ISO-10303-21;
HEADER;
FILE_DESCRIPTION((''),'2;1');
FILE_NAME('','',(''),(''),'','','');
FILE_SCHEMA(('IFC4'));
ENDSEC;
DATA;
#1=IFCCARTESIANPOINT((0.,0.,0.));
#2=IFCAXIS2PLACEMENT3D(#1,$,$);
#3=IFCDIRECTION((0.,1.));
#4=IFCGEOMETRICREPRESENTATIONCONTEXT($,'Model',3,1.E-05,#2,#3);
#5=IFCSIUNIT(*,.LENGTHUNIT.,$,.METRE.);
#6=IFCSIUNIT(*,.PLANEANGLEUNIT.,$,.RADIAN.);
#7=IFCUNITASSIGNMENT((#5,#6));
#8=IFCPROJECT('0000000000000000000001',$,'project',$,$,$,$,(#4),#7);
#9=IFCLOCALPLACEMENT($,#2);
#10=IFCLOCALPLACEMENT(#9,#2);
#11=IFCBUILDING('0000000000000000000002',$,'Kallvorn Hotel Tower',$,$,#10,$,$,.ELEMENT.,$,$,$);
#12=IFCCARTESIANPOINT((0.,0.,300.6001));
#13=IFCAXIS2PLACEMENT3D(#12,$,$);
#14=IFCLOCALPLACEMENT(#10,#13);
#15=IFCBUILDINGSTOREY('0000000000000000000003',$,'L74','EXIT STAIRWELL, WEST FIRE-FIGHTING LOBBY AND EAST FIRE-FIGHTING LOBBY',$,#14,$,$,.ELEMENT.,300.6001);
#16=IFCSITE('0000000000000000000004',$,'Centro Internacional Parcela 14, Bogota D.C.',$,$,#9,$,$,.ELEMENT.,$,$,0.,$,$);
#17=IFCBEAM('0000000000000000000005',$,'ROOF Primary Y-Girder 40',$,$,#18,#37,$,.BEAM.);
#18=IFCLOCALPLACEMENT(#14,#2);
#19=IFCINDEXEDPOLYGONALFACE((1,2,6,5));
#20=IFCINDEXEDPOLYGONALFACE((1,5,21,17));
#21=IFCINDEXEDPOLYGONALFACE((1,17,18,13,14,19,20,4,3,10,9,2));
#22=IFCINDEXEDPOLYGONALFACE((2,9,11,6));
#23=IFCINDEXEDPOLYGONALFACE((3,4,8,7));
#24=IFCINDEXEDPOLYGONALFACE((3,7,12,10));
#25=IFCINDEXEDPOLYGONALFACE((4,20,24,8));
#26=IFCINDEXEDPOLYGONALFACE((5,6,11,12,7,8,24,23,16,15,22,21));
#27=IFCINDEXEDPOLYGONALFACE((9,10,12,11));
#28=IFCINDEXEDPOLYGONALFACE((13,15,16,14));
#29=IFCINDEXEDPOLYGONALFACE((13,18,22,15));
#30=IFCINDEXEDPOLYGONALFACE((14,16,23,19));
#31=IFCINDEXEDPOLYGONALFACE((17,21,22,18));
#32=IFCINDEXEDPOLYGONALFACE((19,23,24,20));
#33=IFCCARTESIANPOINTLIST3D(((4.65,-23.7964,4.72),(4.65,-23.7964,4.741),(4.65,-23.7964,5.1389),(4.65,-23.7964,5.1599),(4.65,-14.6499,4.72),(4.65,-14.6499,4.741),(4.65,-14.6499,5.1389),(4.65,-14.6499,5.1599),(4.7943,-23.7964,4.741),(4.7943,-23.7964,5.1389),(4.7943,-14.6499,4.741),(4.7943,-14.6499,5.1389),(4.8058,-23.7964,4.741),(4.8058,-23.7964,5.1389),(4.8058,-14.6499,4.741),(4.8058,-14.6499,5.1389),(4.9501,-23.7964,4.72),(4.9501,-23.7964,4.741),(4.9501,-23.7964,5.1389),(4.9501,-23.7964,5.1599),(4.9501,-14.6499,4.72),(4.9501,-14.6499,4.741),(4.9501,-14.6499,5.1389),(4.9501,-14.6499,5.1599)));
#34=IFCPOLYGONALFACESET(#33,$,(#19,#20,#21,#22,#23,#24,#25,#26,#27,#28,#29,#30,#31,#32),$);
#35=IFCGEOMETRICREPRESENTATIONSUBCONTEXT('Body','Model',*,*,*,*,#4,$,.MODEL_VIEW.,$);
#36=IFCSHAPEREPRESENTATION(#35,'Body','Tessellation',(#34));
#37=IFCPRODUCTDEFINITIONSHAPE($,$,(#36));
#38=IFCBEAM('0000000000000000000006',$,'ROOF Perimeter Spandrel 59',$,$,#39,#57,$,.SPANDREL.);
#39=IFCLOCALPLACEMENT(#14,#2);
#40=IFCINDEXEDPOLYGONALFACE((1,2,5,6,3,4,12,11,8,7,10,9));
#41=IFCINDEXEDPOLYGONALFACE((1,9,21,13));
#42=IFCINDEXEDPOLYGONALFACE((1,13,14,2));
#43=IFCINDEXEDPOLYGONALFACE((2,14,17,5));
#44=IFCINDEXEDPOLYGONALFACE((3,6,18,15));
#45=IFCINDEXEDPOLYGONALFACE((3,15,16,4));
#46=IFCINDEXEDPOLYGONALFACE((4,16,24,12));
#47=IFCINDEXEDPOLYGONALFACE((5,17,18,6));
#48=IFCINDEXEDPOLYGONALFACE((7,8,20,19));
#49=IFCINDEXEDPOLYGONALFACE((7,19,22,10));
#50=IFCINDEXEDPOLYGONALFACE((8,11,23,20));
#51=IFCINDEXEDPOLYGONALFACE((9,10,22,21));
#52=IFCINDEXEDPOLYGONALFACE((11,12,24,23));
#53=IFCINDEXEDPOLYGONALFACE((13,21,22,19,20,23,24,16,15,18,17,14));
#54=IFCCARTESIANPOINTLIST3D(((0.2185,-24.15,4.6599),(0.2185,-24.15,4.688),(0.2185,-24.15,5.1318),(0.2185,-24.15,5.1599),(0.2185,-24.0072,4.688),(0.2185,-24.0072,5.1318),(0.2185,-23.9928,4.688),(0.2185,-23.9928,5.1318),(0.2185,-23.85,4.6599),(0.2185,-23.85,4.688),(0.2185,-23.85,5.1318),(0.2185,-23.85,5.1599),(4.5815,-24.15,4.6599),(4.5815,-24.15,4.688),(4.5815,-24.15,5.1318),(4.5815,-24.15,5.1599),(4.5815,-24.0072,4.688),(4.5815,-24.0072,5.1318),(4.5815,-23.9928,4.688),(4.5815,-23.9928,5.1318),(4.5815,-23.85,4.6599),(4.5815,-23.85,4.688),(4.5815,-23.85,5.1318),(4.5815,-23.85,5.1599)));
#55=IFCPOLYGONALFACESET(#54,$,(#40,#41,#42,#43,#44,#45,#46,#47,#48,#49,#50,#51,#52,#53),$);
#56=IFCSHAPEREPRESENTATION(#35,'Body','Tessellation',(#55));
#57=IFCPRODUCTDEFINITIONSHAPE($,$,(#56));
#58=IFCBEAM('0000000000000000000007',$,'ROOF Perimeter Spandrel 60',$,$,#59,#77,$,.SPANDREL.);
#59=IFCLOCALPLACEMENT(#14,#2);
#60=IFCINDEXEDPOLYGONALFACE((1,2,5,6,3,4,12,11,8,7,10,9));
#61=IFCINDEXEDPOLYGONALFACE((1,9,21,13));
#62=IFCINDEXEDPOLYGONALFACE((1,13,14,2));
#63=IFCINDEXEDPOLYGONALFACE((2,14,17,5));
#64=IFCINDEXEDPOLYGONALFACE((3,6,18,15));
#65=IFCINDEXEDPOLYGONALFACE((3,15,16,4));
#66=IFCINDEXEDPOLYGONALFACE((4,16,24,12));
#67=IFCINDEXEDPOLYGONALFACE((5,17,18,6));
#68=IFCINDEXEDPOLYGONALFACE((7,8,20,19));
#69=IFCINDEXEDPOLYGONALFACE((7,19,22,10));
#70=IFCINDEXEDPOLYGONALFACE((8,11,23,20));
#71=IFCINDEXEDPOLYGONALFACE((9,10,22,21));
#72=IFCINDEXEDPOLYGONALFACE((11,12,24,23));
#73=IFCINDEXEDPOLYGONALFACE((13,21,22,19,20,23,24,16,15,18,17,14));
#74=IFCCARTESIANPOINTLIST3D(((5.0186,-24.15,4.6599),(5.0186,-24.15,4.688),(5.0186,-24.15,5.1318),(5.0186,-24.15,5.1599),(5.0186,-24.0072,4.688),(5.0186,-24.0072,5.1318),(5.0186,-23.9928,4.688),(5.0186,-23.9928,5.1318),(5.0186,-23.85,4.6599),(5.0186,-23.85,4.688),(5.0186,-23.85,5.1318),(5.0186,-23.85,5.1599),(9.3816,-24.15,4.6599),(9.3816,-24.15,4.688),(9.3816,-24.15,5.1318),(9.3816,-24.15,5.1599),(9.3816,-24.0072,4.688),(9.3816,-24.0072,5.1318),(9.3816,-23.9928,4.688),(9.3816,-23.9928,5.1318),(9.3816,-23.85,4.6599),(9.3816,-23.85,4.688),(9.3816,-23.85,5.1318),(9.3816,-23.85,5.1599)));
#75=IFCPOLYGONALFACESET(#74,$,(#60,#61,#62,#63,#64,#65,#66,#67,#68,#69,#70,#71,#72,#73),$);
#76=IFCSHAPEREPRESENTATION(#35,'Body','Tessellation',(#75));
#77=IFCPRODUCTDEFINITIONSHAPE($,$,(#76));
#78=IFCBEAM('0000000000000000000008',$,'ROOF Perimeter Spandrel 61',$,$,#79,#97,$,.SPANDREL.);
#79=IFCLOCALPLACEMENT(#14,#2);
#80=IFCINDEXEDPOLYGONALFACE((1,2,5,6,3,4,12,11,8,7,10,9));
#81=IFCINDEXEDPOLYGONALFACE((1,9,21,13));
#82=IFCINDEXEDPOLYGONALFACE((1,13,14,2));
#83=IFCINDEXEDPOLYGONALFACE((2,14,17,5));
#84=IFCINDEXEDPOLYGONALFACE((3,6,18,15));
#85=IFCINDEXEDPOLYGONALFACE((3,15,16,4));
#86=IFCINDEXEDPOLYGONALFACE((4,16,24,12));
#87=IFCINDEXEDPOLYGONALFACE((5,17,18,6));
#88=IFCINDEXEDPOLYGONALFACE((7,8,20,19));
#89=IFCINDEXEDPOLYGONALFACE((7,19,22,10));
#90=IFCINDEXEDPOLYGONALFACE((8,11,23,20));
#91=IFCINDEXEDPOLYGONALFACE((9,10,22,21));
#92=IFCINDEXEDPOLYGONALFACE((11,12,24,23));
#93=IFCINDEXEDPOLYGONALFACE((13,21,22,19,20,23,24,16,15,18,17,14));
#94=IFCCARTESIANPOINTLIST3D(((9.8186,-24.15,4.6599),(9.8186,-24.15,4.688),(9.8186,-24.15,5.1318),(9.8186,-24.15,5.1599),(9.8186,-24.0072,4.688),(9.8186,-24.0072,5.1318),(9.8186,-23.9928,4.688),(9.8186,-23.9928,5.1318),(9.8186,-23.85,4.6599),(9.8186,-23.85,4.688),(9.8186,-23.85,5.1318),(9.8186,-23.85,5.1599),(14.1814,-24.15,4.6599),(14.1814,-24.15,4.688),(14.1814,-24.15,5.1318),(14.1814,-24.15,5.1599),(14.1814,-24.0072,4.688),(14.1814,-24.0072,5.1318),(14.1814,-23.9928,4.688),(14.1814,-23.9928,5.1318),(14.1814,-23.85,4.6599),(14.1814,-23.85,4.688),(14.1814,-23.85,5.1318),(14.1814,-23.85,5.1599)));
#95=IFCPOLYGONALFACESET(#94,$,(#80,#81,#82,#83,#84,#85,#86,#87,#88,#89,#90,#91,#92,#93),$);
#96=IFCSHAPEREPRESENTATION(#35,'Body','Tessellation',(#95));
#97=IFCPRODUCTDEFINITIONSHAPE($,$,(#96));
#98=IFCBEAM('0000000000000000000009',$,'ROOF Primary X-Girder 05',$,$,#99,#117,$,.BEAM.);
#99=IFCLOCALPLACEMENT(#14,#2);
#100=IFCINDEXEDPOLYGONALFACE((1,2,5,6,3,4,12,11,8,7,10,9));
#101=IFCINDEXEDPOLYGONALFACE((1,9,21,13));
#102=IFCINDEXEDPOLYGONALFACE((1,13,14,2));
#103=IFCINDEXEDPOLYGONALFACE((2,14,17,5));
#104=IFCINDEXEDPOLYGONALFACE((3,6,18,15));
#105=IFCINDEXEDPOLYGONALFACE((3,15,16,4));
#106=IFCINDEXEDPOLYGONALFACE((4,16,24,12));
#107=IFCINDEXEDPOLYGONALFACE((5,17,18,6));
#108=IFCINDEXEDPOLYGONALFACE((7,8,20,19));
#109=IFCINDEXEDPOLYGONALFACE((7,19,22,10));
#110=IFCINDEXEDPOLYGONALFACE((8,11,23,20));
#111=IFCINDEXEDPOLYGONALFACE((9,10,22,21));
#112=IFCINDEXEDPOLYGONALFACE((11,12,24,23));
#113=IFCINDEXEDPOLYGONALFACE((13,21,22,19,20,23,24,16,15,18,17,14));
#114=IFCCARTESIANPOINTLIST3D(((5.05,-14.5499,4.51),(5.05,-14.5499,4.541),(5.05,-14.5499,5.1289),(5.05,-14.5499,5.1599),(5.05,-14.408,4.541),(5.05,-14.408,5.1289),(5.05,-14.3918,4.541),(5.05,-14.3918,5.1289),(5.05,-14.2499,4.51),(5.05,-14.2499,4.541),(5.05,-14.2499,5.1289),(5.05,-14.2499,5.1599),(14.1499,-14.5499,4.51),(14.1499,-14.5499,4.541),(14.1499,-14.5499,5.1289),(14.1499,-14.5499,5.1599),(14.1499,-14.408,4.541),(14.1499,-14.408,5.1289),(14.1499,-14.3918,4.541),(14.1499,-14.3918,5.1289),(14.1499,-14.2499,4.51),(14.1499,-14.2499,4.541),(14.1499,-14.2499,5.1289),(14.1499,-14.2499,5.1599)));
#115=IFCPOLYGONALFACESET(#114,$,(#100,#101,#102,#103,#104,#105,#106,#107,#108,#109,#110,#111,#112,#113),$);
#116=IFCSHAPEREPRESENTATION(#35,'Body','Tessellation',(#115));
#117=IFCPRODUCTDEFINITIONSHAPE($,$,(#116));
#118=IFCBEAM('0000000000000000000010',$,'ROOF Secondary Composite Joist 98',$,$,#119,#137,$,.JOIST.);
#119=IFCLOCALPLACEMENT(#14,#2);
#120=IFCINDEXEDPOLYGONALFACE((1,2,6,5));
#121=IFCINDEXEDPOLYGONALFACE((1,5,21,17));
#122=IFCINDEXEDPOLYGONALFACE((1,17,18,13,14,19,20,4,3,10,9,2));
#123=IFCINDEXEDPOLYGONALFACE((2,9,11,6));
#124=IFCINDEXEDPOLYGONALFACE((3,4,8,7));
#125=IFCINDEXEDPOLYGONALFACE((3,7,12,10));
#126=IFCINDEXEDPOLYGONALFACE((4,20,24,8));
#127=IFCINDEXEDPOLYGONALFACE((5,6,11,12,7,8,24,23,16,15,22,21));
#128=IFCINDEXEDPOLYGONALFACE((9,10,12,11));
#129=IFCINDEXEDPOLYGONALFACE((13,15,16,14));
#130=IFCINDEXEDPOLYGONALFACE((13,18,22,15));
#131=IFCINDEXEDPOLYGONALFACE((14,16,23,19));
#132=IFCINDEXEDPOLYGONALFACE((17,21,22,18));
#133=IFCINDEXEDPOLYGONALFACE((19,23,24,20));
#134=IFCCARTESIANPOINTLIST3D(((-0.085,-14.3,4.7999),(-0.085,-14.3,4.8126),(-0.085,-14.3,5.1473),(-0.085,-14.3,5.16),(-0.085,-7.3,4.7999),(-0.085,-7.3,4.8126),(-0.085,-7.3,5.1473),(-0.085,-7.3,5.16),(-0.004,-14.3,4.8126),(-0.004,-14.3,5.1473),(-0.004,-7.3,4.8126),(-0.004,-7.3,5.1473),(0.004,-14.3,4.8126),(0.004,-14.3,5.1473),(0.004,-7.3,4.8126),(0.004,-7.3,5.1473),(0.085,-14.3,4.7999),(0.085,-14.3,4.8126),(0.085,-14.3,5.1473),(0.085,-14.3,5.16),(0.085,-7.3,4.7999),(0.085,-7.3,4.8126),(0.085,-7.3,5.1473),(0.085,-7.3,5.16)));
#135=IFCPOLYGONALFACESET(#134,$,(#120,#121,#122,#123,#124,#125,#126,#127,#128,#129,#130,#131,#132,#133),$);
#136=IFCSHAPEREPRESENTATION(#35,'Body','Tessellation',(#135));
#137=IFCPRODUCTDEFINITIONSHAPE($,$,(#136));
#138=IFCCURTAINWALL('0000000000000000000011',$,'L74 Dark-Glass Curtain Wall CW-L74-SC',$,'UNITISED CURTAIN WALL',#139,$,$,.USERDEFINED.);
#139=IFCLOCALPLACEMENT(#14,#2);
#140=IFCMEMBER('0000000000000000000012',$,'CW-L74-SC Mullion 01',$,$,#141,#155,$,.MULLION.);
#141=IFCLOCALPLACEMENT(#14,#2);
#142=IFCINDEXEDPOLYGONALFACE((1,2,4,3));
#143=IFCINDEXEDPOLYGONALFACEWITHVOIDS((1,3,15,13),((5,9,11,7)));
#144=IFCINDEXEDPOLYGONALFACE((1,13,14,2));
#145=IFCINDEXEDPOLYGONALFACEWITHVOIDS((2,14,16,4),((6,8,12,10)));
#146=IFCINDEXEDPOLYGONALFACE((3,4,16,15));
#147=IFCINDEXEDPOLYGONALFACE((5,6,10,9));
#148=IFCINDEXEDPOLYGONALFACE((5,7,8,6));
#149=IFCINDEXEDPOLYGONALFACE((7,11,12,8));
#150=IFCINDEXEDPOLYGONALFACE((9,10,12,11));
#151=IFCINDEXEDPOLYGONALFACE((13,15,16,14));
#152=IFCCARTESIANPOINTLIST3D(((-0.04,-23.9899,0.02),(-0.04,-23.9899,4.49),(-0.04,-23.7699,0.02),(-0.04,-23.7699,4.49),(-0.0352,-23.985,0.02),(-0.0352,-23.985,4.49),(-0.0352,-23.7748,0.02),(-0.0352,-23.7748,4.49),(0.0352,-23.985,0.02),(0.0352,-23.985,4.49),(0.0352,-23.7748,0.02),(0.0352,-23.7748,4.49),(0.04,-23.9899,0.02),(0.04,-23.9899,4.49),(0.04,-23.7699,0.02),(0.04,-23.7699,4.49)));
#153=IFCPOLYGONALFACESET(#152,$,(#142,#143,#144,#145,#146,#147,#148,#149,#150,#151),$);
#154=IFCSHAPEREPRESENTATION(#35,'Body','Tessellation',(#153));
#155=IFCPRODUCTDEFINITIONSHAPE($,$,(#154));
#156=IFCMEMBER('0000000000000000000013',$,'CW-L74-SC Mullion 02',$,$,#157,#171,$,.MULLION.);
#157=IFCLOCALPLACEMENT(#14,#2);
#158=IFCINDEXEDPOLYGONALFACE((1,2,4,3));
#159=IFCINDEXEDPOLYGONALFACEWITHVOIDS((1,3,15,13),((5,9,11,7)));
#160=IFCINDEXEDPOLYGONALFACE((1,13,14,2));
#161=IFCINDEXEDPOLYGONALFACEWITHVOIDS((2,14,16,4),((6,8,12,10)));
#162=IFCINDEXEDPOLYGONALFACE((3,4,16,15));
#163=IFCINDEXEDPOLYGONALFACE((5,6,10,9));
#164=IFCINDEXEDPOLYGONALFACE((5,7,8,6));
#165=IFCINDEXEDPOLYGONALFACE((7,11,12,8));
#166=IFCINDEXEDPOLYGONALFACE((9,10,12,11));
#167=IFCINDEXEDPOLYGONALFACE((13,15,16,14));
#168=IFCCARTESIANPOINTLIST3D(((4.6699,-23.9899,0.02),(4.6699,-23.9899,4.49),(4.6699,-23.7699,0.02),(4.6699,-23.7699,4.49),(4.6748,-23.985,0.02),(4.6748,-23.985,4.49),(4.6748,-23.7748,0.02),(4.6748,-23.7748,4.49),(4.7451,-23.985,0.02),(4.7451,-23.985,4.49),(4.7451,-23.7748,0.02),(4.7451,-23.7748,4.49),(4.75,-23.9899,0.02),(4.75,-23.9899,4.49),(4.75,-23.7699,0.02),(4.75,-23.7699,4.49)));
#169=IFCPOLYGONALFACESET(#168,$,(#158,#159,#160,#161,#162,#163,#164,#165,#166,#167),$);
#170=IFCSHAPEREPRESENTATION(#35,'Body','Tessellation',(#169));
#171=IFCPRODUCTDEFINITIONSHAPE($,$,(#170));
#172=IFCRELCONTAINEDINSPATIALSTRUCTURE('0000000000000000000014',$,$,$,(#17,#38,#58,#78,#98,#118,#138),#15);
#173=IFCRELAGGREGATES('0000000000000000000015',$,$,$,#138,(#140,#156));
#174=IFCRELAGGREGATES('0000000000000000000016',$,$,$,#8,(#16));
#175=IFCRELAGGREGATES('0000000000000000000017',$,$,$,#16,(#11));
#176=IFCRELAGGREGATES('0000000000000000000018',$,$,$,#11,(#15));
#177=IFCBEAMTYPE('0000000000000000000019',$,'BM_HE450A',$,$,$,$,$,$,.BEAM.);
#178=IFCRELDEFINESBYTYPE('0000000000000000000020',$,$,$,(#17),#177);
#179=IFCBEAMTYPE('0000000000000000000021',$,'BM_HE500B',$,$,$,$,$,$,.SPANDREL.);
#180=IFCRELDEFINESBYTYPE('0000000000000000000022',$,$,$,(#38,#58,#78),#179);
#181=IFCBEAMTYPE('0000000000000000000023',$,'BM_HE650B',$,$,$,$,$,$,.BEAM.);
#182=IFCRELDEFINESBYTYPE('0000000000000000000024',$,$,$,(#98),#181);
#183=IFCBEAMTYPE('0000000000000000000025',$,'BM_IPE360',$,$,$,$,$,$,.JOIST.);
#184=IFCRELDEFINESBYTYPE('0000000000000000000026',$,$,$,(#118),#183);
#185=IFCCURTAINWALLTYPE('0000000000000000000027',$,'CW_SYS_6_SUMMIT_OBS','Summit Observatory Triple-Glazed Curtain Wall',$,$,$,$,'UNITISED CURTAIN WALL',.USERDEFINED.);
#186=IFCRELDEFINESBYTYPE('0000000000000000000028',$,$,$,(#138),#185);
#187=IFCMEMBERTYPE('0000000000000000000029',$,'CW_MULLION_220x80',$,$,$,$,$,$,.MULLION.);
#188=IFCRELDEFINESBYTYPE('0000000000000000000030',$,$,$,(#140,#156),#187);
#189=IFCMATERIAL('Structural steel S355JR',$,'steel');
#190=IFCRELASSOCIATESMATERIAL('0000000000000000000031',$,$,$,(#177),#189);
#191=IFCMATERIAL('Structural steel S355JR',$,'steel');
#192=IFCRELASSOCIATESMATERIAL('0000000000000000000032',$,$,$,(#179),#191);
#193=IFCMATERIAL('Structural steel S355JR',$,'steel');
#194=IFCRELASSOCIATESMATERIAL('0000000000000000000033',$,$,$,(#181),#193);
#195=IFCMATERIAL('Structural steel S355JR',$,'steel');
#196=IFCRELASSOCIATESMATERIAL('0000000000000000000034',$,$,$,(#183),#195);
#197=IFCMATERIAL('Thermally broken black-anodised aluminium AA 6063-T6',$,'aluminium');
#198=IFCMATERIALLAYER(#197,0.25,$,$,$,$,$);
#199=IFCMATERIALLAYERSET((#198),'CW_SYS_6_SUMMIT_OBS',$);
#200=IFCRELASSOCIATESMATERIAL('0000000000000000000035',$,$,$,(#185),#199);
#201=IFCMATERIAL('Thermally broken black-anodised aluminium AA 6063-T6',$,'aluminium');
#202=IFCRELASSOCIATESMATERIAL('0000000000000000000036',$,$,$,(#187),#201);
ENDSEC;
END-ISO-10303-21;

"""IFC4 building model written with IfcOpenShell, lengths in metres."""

from ifc_helpers import new_model, si_unit, direction, frame, origin, origin_2d, place, context, subcontext, project, spatial, hollow_rectangle, i_section, extrude, material, layer, layer_set, material_profile, profile_set, type_object, element, aggregate, save


model = new_model("IFC4")

# Units and contexts
model_context = context("Model", 3, precision=1e-05, world=origin(), true_north=direction((0.0, 1.0)))
body_context = subcontext(model_context, "Body", "Model", "MODEL_VIEW")
ifc_project = project(units=[si_unit("LENGTHUNIT", "METRE"), si_unit("PLANEANGLEUNIT", "RADIAN")], contexts=[model_context])

# Site, building, storey
site_placement = place(None, origin())
site = spatial("IfcSite", under=ifc_project, at=site_placement, Name="Centro Internacional Parcela 14, Bogota D.C.", CompositionType="ELEMENT", RefElevation=0.0)
building_placement = place(site_placement, origin())
building = spatial("IfcBuilding", under=site, at=building_placement, Name="Kallvorn Hotel Tower", CompositionType="ELEMENT")
storey_placement = place(building_placement, frame((0.0, 0.0, 300.6001)))
storey = spatial("IfcBuildingStorey", under=building, at=storey_placement, Name="L74", Description="EXIT STAIRWELL, WEST FIRE-FIGHTING LOBBY AND EAST FIRE-FIGHTING LOBBY", CompositionType="ELEMENT", Elevation=300.6001)

# Beams
ifc_material_1 = material(Name="Structural steel S355JR", Category="steel")
ifc_material_profile_1 = material_profile(ifc_material_1, i_section(OverallWidth=0.3, OverallDepth=0.4399, WebThickness=0.0115, FlangeThickness=0.021, at=origin_2d()), Name="HE 450 A")
ifc_profile_set_1 = profile_set([ifc_material_profile_1], Name="Structural steel S355JR")
beam_type_1 = type_object("IfcBeamType", Name="BM_HE450A", PredefinedType="BEAM", material=ifc_profile_set_1)
beam_1_placement = place(storey_placement, frame((4.8, -23.7964, 4.9399), z_axis=(0.0, 1.0, 0.0), x_axis=(-1.0, 0.0, 0.0)))
element("IfcBeam", 1, at=beam_1_placement, inside=storey, type_object=beam_type_1, Name="ROOF Primary Y-Girder 40", PredefinedType="BEAM", context=body_context, shape_type="SweptSolid", body=[
    extrude(i_section(OverallWidth=0.3, OverallDepth=0.4399, WebThickness=0.0115, FlangeThickness=0.021, at=origin_2d()), origin(), (0.0, 0.0, 1.0), 9.1465),
])
ifc_material_2 = material(Name="Structural steel S355JR", Category="steel")
ifc_material_profile_2 = material_profile(ifc_material_2, i_section(OverallWidth=0.3, OverallDepth=0.5, WebThickness=0.0144, FlangeThickness=0.0281, at=origin_2d()), Name="HE 500 B")
ifc_profile_set_2 = profile_set([ifc_material_profile_2], Name="Structural steel S355JR")
beam_type_2 = type_object("IfcBeamType", Name="BM_HE500B", PredefinedType="SPANDREL", material=ifc_profile_set_2)
for number, where, z_axis, x_axis, name in (
    (2, (0.2185, -24.0, 4.9099), (1.0, 0.0, 0.0), (0.0, 1.0, 0.0), "ROOF Perimeter Spandrel 59"),
    (3, (5.0186, -24.0, 4.9099), (1.0, 0.0, 0.0), (0.0, 1.0, 0.0), "ROOF Perimeter Spandrel 60"),
):
    element("IfcBeam", number, at=place(storey_placement, frame(where, z_axis=z_axis, x_axis=x_axis)), inside=storey, type_object=beam_type_2, Name=name, PredefinedType="SPANDREL", context=body_context, shape_type="SweptSolid", body=[
        extrude(i_section(OverallWidth=0.3, OverallDepth=0.5, WebThickness=0.0144, FlangeThickness=0.0281, at=origin_2d()), origin(), (0.0, 0.0, 1.0), 4.363),
    ])
beam_2_placement = place(storey_placement, frame((9.8186, -24.0, 4.9099), z_axis=(1.0, 0.0, 0.0), x_axis=(0.0, 1.0, 0.0)))
element("IfcBeam", 4, at=beam_2_placement, inside=storey, type_object=beam_type_2, Name="ROOF Perimeter Spandrel 61", PredefinedType="SPANDREL", context=body_context, shape_type="SweptSolid", body=[
    extrude(i_section(OverallWidth=0.3, OverallDepth=0.5, WebThickness=0.0144, FlangeThickness=0.0281, at=origin_2d()), origin(), (0.0, 0.0, 1.0), 4.3628),
])
ifc_material_3 = material(Name="Structural steel S355JR", Category="steel")
ifc_material_profile_3 = material_profile(ifc_material_3, i_section(OverallWidth=0.3, OverallDepth=0.6499, WebThickness=0.0161, FlangeThickness=0.031, at=origin_2d()), Name="HE 650 B")
ifc_profile_set_3 = profile_set([ifc_material_profile_3], Name="Structural steel S355JR")
beam_type_3 = type_object("IfcBeamType", Name="BM_HE650B", PredefinedType="BEAM", material=ifc_profile_set_3)
beam_3_placement = place(storey_placement, frame((5.05, -14.3999, 4.835), z_axis=(1.0, 0.0, 0.0), x_axis=(0.0, 1.0, 0.0)))
element("IfcBeam", 5, at=beam_3_placement, inside=storey, type_object=beam_type_3, Name="ROOF Primary X-Girder 05", PredefinedType="BEAM", context=body_context, shape_type="SweptSolid", body=[
    extrude(i_section(OverallWidth=0.3, OverallDepth=0.6499, WebThickness=0.0161, FlangeThickness=0.031, at=origin_2d()), origin(), (0.0, 0.0, 1.0), 9.0999),
])
ifc_material_4 = material(Name="Structural steel S355JR", Category="steel")
ifc_material_profile_4 = material_profile(ifc_material_4, i_section(OverallWidth=0.1699, OverallDepth=0.3601, WebThickness=0.0081, FlangeThickness=0.0127, at=origin_2d()), Name="IPE 360")
ifc_profile_set_4 = profile_set([ifc_material_profile_4], Name="Structural steel S355JR")
beam_type_4 = type_object("IfcBeamType", Name="BM_IPE360", PredefinedType="JOIST", material=ifc_profile_set_4)
beam_4_placement = place(storey_placement, frame((0.0, -14.3, 4.98), z_axis=(0.0, 1.0, 0.0), x_axis=(-1.0, 0.0, 0.0)))
element("IfcBeam", 6, at=beam_4_placement, inside=storey, type_object=beam_type_4, Name="ROOF Secondary Composite Joist 98", PredefinedType="JOIST", context=body_context, shape_type="SweptSolid", body=[
    extrude(i_section(OverallWidth=0.1699, OverallDepth=0.3601, WebThickness=0.0081, FlangeThickness=0.0127, at=origin_2d()), origin(), (0.0, 0.0, 1.0), 7.0),
])

# Curtain wall, members
ifc_material_5 = material(Name="Thermally broken black-anodised aluminium AA 6063-T6", Category="aluminium")
ifc_layer_1 = layer(ifc_material_5, 0.25)
ifc_layer_set_1 = layer_set([ifc_layer_1], Name="CW_SYS_6_SUMMIT_OBS")
curtain_wall_type = type_object("IfcCurtainWallType", Name="CW_SYS_6_SUMMIT_OBS", Description="Summit Observatory Triple-Glazed Curtain Wall", ElementType="UNITISED CURTAIN WALL", PredefinedType="USERDEFINED", material=ifc_layer_set_1)
curtain_wall_placement = place(storey_placement, origin())
curtain_wall = element("IfcCurtainWall", 7, at=curtain_wall_placement, inside=storey, type_object=curtain_wall_type, Name="L74 Dark-Glass Curtain Wall CW-L74-SC", ObjectType="UNITISED CURTAIN WALL", PredefinedType="USERDEFINED")
ifc_material_6 = material(Name="Thermally broken black-anodised aluminium AA 6063-T6", Category="aluminium")
ifc_material_profile_5 = material_profile(ifc_material_6, hollow_rectangle(XDim=0.0801, YDim=0.22, WallThickness=0.0049, at=origin_2d()), Name="MUL 220x80")
ifc_profile_set_5 = profile_set([ifc_material_profile_5], Name="Thermally broken black-anodised aluminium AA 6063-T6")
member_type_1 = type_object("IfcMemberType", Name="CW_MULLION_220x80", PredefinedType="MULLION", material=ifc_profile_set_5)
member_1_placement = place(storey_placement, frame((0.0, -23.8799, 0.02), z_axis=(0.0, 0.0, 1.0), x_axis=(1.0, 0.0, 0.0)))
member_1 = element("IfcMember", 8, at=member_1_placement, type_object=member_type_1, Name="CW-L74-SC Mullion 01", PredefinedType="MULLION", context=body_context, shape_type="SweptSolid", body=[
    extrude(hollow_rectangle(XDim=0.0801, YDim=0.22, WallThickness=0.0049, at=origin_2d()), origin(), (0.0, 0.0, 1.0), 4.47),
])
member_2_placement = place(storey_placement, frame((4.71, -23.8799, 0.02), z_axis=(0.0, 0.0, 1.0), x_axis=(1.0, 0.0, 0.0)))
member_2 = element("IfcMember", 9, at=member_2_placement, type_object=member_type_1, Name="CW-L74-SC Mullion 02", PredefinedType="MULLION", context=body_context, shape_type="SweptSolid", body=[
    extrude(hollow_rectangle(XDim=0.0801, YDim=0.22, WallThickness=0.0049, at=origin_2d()), origin(), (0.0, 0.0, 1.0), 4.47),
])
aggregate(curtain_wall, [member_1, member_2])

save(model, "model.ifc")
